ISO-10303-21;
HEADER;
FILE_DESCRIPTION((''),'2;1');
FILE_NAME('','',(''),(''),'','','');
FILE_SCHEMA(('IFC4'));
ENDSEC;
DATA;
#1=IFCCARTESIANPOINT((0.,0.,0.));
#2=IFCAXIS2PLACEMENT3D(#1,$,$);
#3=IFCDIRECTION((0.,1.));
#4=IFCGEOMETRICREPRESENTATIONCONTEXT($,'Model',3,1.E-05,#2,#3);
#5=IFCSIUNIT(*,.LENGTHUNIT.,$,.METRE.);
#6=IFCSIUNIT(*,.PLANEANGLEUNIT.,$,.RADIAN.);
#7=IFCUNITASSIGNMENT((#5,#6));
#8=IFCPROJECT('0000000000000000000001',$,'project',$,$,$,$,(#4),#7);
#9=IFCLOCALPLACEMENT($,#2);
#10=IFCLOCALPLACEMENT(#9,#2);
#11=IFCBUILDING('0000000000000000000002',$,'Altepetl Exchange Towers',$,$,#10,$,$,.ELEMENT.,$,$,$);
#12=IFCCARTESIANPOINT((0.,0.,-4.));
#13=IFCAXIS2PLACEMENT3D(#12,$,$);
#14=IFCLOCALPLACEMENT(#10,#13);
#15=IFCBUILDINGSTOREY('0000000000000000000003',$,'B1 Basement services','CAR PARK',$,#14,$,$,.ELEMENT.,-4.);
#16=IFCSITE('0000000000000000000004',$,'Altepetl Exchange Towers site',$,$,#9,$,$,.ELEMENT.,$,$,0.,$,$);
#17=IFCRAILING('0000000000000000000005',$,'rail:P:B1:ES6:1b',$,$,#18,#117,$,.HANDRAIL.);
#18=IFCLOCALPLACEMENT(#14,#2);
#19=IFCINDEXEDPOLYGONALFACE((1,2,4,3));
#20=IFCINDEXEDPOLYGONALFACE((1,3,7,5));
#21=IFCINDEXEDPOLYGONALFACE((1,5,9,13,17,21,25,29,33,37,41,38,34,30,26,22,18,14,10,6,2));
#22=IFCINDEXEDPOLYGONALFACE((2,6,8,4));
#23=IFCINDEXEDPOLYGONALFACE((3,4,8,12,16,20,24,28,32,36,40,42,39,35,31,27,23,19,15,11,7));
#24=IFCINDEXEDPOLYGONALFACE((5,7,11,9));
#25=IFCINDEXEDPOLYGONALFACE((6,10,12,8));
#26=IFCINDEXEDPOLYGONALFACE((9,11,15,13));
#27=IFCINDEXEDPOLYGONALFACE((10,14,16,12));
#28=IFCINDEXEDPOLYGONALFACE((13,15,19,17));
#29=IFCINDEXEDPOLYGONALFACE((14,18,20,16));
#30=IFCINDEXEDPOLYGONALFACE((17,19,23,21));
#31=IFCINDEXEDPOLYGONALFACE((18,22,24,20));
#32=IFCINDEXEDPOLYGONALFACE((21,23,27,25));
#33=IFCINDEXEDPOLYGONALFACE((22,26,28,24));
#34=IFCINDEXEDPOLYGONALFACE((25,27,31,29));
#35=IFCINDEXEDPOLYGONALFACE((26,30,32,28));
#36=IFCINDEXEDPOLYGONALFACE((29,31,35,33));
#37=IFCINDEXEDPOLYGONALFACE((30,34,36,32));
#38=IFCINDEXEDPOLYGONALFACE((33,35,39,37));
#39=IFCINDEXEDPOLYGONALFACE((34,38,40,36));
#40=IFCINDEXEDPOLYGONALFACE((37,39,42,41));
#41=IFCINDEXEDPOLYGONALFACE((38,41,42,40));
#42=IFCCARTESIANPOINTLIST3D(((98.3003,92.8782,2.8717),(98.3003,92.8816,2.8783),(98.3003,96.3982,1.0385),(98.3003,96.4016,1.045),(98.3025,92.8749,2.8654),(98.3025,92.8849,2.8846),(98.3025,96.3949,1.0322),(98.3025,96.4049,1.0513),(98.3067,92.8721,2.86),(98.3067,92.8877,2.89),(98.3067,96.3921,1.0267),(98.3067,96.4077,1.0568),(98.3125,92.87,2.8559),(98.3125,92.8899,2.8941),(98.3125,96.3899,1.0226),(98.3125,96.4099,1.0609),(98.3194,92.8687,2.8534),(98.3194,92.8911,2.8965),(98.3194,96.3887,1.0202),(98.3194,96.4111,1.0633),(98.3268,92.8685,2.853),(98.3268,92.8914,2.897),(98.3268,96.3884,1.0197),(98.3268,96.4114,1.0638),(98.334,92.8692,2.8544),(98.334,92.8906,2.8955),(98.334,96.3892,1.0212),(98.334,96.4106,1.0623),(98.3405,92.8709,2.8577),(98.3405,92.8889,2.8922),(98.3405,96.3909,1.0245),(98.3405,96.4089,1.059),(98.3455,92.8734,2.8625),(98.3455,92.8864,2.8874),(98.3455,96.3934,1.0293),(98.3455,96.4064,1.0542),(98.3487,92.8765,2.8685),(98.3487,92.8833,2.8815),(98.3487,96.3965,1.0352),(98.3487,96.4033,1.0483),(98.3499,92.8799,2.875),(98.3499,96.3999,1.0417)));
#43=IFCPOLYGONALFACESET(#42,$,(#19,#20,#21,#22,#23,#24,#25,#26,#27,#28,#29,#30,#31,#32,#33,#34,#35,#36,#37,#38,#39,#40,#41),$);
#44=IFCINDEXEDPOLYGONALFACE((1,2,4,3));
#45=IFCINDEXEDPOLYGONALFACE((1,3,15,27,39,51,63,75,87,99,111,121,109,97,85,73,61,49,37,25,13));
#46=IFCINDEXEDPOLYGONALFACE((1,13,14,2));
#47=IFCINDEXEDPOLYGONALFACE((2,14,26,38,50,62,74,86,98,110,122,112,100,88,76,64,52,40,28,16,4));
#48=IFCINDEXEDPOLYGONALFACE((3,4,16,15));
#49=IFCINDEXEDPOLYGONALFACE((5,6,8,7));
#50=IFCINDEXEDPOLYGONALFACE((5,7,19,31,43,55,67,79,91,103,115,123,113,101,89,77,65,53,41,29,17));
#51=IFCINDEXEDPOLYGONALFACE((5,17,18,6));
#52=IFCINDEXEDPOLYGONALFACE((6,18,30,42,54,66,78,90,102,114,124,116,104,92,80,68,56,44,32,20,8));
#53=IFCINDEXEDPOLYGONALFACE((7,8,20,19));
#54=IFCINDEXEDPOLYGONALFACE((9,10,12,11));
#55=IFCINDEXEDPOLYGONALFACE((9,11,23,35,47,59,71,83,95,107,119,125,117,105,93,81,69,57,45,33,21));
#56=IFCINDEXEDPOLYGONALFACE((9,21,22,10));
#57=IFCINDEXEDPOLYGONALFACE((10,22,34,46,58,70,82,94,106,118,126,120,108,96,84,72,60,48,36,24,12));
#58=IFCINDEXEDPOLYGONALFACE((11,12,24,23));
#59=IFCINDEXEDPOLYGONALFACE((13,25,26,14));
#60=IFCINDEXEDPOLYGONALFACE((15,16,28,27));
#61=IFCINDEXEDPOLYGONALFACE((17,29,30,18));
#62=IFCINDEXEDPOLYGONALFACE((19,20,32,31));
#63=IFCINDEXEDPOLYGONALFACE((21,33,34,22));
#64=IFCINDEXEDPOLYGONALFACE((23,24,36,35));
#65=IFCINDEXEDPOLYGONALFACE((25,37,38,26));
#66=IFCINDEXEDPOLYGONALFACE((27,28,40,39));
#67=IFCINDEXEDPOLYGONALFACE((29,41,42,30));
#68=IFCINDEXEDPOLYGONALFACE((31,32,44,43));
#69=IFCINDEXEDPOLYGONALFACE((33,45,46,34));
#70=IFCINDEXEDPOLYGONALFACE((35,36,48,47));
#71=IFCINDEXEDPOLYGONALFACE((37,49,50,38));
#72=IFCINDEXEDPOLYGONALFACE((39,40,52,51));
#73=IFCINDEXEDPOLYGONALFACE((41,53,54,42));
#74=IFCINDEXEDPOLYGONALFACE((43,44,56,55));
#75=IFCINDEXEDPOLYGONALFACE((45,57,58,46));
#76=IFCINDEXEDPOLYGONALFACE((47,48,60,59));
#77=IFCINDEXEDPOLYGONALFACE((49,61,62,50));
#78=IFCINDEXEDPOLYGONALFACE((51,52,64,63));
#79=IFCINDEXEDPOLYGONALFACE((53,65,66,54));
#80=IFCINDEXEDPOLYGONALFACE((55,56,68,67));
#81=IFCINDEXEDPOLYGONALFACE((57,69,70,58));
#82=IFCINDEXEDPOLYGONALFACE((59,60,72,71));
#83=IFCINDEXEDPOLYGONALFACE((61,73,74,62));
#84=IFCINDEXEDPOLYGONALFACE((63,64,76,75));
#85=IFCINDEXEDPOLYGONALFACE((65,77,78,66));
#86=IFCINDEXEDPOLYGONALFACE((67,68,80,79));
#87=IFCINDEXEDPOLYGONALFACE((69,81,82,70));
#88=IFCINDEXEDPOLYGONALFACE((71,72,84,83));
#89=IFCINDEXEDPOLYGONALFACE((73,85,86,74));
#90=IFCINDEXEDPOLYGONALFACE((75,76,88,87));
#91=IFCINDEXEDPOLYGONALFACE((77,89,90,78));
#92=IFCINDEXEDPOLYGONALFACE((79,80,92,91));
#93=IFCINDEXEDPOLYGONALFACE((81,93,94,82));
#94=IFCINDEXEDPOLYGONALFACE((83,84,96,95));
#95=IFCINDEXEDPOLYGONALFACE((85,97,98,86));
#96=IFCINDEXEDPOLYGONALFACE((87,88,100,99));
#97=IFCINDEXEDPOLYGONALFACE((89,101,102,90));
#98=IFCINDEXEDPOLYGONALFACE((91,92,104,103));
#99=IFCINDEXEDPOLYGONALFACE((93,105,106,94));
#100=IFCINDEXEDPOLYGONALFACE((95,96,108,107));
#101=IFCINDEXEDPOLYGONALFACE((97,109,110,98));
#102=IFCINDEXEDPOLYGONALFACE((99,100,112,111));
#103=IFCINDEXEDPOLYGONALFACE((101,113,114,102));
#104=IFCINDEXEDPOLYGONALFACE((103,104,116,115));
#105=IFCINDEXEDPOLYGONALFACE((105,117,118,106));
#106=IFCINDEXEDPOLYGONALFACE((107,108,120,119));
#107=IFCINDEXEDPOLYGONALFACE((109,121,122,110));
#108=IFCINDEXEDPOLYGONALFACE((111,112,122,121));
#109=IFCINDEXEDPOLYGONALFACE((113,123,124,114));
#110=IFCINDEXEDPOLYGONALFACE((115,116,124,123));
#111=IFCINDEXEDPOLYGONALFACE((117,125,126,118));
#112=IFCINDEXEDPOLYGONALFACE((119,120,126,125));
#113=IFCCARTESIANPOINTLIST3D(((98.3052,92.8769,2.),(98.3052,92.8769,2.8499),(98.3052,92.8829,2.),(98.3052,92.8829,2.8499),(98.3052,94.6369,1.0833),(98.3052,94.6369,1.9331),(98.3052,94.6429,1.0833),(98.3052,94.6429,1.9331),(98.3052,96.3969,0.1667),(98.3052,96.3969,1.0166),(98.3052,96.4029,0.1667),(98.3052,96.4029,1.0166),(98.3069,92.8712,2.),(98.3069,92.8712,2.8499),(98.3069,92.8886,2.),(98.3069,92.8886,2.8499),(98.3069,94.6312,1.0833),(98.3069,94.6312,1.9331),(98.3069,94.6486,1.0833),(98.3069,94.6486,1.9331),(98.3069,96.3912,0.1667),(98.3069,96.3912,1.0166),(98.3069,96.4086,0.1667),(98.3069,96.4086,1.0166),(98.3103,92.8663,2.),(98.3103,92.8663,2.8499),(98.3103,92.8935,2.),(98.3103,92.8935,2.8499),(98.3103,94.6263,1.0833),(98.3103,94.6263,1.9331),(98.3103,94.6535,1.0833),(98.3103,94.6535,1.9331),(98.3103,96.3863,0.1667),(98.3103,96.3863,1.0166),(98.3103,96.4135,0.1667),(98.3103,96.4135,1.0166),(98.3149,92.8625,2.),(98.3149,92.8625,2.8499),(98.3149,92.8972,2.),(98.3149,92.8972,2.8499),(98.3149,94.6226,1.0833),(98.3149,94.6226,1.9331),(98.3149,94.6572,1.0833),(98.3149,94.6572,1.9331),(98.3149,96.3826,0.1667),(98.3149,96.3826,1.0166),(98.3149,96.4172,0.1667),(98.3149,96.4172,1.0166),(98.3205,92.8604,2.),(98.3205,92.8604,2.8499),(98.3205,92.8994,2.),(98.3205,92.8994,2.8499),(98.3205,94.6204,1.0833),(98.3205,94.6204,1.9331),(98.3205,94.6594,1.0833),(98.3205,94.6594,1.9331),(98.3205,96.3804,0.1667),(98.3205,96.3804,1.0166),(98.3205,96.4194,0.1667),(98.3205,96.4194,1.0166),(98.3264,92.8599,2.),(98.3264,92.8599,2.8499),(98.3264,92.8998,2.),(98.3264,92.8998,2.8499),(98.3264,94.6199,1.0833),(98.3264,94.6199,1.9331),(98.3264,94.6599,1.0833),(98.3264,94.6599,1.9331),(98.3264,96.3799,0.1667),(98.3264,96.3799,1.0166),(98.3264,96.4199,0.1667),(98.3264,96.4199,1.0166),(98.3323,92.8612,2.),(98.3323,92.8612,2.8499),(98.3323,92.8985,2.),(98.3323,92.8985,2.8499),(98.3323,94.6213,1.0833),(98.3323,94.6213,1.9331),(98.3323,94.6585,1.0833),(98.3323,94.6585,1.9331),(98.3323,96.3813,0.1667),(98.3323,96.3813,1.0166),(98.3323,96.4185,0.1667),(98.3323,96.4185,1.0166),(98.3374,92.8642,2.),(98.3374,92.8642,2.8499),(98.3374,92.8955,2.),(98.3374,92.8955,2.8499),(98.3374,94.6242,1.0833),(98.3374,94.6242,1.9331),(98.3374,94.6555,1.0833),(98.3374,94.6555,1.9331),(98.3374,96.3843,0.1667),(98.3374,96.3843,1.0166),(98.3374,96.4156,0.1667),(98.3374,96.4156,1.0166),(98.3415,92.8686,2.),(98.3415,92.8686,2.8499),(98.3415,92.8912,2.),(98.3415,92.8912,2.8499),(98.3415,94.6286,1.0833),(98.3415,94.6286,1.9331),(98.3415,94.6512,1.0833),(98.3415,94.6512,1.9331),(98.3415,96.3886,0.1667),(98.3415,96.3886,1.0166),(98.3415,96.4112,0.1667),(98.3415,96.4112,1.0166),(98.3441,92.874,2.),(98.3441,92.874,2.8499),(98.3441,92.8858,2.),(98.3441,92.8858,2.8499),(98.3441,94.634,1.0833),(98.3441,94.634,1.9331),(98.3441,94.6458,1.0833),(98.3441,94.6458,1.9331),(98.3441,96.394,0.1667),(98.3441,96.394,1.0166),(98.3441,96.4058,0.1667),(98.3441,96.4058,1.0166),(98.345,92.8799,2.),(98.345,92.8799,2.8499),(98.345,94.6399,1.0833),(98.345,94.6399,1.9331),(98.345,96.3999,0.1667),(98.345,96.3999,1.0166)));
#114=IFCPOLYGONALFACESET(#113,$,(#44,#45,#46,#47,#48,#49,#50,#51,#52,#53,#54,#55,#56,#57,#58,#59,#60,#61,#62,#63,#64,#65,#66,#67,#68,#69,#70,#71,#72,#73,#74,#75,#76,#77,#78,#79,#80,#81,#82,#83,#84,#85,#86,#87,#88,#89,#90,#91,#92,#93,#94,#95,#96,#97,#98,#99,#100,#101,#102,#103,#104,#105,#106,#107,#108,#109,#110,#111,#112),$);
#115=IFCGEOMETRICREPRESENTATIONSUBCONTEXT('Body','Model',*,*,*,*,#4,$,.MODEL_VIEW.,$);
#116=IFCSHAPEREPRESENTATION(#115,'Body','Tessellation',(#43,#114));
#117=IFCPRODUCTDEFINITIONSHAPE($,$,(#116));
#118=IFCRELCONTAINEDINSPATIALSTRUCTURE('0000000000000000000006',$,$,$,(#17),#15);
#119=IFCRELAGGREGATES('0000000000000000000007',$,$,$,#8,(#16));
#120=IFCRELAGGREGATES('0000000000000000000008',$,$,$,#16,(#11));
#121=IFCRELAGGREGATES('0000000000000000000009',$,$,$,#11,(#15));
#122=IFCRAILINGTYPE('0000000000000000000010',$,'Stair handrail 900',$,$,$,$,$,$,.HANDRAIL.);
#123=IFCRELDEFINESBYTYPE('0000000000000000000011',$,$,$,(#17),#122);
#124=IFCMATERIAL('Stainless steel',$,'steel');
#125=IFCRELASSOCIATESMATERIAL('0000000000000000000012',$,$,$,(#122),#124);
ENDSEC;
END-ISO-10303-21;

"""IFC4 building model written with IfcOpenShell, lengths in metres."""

from ifc_helpers import new_model, si_unit, direction, frame, origin, origin_2d, place, context, subcontext, project, spatial, circle, extrude, source, transform, mapped, material, type_object, element, save


model = new_model("IFC4")

# Units and contexts
model_context = context("Model", 3, precision=1e-05, world=origin(), true_north=direction((0.0, 1.0)))
body_context = subcontext(model_context, "Body", "Model", "MODEL_VIEW")
ifc_project = project(units=[si_unit("LENGTHUNIT", "METRE"), si_unit("PLANEANGLEUNIT", "RADIAN")], contexts=[model_context])

# Site, building, storey
site_placement = place(None, origin())
site = spatial("IfcSite", under=ifc_project, at=site_placement, Name="Altepetl Exchange Towers site", CompositionType="ELEMENT", RefElevation=0.0)
building_placement = place(site_placement, origin())
building = spatial("IfcBuilding", under=site, at=building_placement, Name="Altepetl Exchange Towers", CompositionType="ELEMENT")
storey_placement = place(building_placement, frame((0.0, 0.0, -4.0)))
storey = spatial("IfcBuildingStorey", under=building, at=storey_placement, Name="B1 Basement services", Description="CAR PARK", CompositionType="ELEMENT", Elevation=-4.0)

# Railing
ifc_material_1 = material(Name="Stainless steel", Category="steel")
railing_type_1 = type_object("IfcRailingType", Name="Stair handrail 900", PredefinedType="HANDRAIL", material=ifc_material_1)
shared_shape_1 = source(origin(), body_context, "Body", "SweptSolid", [
    extrude(circle(Radius=0.02, at=origin_2d()), origin(), (0.0, 0.0, 1.0), 0.8499),
])
railing_1_placement = place(storey_placement, frame((98.325, 96.3999, 0.1667)))
element("IfcRailing", 1, at=railing_1_placement, inside=storey, type_object=railing_type_1, Name="rail:P:B1:ES6:1b", PredefinedType="HANDRAIL", context=body_context, shape_type="SweptSolid", body=[
    extrude(circle(Radius=0.0249, at=origin_2d()), frame((0.0, 0.0, 0.875), z_axis=(0.0, -0.886924, 0.461916), x_axis=(1.0, 0.0, 0.0)), (0.0, 0.0, 1.0), 3.9688),
    mapped(shared_shape_1, transform((0.0, 0.0, 0.0))),
    mapped(shared_shape_1, transform((0.0, -1.76, 0.9165))),
    mapped(shared_shape_1, transform((0.0, -3.52, 1.8333))),
])

save(model, "model.ifc")
